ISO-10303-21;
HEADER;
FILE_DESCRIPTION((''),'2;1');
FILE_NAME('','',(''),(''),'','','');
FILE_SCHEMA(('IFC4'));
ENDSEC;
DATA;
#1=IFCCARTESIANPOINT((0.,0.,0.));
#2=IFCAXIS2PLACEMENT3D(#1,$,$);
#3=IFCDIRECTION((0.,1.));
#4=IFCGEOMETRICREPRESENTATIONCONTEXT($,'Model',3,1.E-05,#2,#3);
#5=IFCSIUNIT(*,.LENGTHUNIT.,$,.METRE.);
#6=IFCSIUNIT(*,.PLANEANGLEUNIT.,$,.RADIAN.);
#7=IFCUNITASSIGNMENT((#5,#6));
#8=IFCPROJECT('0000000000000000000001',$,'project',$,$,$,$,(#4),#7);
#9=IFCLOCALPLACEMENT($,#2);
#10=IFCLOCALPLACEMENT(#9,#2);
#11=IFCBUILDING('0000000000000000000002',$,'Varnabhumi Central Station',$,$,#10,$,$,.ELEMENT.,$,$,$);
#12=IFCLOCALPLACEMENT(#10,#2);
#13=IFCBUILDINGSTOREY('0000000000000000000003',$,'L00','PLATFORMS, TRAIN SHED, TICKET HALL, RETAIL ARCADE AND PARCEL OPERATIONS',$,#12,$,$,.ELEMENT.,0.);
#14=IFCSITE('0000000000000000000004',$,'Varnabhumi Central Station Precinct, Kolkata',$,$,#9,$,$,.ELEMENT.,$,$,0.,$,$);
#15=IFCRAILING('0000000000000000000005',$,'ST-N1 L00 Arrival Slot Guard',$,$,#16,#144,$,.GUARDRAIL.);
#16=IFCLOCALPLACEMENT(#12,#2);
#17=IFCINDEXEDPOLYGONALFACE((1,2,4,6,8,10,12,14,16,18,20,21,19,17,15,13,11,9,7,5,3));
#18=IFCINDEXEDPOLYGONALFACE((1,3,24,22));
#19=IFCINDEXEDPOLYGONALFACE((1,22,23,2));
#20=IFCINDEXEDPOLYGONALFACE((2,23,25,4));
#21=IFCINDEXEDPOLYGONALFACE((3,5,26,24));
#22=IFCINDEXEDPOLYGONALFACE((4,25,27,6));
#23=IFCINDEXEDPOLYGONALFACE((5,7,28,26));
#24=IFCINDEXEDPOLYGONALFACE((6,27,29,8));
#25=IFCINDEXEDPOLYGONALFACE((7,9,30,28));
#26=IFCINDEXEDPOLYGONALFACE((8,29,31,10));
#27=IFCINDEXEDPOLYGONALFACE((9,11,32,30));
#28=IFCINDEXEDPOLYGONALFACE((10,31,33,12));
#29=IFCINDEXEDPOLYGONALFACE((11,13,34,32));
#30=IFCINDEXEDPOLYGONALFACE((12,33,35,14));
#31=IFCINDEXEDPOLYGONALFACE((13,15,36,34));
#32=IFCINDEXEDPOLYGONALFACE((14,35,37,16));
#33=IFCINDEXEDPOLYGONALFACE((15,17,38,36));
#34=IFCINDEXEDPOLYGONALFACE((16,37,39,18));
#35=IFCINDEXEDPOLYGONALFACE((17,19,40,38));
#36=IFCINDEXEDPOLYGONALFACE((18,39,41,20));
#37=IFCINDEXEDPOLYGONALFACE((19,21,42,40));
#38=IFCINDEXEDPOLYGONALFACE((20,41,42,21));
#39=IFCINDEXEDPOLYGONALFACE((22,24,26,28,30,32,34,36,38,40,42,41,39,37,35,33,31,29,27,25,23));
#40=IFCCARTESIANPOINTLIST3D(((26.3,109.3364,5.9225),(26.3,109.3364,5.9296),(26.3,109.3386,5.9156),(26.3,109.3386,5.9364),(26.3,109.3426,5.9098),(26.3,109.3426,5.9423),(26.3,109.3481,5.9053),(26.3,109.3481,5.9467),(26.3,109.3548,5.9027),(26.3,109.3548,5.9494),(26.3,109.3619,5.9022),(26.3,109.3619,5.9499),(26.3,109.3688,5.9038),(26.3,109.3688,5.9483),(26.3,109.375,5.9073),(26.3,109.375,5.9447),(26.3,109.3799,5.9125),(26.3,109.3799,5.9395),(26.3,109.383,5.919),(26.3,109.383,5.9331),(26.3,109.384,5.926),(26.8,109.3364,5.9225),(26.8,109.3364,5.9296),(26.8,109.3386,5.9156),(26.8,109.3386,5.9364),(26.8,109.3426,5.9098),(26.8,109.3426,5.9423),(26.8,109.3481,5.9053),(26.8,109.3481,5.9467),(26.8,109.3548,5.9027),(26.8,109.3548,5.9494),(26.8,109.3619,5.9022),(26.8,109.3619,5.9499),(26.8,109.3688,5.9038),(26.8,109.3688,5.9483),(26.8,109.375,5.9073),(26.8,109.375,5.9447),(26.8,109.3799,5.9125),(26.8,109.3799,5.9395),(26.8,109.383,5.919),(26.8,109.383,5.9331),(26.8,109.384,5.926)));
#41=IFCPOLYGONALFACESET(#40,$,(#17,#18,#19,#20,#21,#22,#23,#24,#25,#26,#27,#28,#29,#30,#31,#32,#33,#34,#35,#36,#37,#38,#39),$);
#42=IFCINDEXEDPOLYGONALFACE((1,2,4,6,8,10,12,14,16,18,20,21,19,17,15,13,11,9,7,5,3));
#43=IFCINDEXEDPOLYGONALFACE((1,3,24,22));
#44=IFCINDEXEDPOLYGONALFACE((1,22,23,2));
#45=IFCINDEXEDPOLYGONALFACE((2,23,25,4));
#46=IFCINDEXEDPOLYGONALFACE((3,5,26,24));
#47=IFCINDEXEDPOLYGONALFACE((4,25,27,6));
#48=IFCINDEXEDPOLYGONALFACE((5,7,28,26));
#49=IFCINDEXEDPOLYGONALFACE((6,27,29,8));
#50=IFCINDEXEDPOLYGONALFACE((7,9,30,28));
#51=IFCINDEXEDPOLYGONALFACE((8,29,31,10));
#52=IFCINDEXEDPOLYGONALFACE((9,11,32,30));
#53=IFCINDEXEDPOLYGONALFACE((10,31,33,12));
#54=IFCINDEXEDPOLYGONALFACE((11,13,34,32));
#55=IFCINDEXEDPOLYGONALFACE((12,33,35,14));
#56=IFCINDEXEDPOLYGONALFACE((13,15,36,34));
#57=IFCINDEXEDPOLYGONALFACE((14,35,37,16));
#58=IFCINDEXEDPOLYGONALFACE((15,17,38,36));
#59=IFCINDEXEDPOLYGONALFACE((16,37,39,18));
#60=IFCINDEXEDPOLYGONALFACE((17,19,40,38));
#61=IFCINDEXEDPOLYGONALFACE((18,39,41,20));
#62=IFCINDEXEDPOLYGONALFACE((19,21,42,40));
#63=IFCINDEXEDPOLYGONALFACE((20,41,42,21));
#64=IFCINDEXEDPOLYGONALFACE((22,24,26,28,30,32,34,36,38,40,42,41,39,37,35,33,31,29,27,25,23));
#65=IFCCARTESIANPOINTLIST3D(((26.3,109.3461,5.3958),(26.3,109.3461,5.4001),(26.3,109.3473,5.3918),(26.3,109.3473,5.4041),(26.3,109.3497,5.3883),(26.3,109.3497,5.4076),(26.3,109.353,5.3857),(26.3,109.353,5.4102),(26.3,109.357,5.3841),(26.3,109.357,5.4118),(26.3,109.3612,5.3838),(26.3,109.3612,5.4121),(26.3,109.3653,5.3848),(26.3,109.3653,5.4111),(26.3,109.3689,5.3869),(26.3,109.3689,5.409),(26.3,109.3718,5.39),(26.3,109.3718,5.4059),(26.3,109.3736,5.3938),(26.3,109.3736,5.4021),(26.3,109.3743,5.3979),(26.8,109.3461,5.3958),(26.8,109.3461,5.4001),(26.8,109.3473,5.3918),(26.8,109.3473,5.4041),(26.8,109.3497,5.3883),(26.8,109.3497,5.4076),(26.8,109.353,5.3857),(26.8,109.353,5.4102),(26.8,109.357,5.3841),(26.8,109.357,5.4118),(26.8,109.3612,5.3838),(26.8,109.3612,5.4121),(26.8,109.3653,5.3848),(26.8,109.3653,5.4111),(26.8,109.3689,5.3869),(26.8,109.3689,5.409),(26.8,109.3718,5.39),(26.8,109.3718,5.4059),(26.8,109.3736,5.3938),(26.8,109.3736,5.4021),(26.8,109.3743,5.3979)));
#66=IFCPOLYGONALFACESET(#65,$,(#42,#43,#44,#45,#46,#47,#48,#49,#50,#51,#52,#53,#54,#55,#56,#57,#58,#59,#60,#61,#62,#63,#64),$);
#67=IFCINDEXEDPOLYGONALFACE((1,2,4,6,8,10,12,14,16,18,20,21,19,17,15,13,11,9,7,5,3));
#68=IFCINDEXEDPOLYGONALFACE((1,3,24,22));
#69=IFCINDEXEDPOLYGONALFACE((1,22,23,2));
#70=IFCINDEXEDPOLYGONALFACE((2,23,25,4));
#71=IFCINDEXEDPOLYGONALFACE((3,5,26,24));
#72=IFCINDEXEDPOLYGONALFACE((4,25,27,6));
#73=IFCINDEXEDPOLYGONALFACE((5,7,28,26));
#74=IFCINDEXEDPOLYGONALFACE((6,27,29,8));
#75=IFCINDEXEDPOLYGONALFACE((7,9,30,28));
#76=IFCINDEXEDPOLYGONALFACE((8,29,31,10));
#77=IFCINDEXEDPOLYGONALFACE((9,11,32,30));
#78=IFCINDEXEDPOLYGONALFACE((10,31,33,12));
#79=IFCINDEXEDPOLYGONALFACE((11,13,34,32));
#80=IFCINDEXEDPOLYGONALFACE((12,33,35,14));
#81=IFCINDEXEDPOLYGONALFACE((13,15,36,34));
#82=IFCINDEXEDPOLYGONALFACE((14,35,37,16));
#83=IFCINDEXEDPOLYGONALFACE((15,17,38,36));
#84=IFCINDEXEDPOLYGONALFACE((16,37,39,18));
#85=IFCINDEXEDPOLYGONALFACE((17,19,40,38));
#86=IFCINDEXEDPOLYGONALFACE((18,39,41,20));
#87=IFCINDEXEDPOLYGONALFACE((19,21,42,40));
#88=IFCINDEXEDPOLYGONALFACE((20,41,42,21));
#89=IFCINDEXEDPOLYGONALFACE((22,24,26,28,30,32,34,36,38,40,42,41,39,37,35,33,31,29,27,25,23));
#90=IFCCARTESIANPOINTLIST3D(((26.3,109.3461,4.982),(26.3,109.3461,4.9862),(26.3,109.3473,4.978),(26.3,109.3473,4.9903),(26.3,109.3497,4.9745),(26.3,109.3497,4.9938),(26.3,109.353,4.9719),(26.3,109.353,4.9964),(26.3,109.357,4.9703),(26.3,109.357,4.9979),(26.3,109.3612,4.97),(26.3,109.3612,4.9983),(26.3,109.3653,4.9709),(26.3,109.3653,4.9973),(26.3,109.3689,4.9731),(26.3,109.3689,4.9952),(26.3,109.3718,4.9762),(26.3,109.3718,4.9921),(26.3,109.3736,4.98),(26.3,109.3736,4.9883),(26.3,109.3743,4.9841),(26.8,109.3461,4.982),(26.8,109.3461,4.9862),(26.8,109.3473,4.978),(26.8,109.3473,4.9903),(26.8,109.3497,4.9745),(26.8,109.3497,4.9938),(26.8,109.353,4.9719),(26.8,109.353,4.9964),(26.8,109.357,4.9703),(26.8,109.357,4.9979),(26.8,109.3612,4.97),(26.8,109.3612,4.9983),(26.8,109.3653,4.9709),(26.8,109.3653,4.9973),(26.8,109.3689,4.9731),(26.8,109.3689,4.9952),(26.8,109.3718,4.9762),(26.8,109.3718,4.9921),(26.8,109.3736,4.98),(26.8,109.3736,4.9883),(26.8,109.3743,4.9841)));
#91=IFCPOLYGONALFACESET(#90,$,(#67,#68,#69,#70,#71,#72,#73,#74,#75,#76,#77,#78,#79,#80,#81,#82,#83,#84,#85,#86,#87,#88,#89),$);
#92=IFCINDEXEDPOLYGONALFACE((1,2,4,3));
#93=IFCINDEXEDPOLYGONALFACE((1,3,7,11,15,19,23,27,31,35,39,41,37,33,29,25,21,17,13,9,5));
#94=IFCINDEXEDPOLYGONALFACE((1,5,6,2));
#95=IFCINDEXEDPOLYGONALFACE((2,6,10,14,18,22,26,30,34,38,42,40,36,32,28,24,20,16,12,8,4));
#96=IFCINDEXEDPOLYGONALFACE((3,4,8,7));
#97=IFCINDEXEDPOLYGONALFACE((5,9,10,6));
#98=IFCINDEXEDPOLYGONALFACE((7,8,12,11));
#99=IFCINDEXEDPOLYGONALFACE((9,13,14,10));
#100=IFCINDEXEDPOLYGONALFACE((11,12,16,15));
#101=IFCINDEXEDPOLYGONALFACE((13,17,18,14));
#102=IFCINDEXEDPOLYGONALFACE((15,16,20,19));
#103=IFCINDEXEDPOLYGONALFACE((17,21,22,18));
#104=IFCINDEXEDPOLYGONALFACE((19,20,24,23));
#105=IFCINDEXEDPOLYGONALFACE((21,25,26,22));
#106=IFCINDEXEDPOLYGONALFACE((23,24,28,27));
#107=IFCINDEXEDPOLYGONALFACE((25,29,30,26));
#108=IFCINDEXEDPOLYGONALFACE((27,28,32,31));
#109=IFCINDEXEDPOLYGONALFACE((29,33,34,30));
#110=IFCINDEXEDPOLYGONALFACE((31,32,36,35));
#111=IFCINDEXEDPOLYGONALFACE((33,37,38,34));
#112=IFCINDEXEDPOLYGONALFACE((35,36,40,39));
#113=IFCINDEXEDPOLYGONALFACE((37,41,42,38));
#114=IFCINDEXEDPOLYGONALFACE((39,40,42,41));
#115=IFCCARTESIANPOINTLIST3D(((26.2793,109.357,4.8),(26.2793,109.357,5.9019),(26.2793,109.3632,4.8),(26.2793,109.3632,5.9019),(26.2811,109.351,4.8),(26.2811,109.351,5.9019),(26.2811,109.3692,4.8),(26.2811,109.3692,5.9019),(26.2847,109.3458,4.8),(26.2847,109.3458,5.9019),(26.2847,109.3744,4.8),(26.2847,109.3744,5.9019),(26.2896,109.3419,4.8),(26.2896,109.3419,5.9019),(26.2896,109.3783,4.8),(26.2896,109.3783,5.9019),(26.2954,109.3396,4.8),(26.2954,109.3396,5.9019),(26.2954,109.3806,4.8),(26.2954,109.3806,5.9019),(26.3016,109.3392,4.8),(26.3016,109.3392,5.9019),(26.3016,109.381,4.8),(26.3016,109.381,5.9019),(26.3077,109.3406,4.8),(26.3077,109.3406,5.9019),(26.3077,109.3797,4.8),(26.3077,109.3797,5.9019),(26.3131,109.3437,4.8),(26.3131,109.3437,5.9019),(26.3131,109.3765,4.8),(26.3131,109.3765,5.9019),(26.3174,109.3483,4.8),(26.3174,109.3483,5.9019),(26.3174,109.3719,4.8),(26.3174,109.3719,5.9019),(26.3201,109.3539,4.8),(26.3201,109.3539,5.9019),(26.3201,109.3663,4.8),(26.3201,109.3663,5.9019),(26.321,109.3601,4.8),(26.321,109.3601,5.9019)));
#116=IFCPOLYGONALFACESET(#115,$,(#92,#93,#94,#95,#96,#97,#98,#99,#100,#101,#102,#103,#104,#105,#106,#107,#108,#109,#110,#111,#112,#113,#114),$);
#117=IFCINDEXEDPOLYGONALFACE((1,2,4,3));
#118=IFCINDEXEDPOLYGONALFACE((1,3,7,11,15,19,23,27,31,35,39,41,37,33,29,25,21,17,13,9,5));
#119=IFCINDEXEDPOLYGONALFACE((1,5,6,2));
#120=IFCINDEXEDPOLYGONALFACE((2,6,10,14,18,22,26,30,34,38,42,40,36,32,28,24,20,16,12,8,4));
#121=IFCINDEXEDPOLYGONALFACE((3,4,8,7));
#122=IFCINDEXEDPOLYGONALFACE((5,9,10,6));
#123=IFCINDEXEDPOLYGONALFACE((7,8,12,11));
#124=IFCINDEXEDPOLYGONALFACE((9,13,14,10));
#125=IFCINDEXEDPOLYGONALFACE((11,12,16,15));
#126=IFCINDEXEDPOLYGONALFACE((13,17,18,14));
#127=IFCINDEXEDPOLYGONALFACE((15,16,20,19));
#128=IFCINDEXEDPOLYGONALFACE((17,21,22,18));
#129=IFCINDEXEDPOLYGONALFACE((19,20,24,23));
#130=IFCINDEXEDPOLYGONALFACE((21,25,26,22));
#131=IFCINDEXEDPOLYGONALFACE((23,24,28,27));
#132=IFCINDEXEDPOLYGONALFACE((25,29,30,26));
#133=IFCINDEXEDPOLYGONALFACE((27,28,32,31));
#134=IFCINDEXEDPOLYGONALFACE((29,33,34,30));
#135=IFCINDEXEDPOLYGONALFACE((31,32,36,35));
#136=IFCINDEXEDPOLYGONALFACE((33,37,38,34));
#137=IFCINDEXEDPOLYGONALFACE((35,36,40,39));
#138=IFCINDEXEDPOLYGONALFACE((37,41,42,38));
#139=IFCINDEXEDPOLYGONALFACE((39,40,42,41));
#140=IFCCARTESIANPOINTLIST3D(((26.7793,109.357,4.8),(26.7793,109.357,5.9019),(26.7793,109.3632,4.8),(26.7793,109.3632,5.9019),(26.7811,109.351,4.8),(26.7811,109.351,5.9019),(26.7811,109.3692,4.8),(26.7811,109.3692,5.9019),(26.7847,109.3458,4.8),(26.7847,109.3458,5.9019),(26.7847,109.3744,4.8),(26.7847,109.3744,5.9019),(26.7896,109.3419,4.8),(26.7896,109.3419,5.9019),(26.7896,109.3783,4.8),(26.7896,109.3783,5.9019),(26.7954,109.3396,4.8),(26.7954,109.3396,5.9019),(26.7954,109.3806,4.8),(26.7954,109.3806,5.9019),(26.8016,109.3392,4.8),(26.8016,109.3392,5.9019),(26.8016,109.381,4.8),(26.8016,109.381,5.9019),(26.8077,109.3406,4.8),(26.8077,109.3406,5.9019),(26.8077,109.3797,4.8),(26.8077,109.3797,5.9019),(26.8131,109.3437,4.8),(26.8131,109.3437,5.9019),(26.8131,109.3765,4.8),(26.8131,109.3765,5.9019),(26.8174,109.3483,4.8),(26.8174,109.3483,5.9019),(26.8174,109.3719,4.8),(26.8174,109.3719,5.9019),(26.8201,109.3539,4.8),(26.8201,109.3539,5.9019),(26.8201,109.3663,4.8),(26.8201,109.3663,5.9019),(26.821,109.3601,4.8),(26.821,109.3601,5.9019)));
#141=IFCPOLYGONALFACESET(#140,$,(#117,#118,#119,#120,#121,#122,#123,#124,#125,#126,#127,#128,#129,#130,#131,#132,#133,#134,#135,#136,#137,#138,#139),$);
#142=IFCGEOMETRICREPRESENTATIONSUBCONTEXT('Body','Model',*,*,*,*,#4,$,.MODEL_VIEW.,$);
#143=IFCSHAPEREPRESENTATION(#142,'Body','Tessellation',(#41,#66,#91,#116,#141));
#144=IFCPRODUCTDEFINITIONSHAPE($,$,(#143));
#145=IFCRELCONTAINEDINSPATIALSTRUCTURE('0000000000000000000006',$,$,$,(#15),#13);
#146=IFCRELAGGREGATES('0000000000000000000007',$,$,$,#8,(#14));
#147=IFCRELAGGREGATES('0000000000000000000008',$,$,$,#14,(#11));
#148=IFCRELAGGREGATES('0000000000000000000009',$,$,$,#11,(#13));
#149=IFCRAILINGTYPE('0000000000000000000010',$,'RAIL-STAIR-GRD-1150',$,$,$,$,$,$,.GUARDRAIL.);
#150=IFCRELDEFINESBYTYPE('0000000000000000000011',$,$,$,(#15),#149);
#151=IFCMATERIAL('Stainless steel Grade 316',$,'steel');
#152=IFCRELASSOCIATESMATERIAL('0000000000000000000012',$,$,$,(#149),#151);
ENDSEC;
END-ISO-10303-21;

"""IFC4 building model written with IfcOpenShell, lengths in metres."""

from ifc_helpers import new_model, si_unit, direction, frame, origin, origin_2d, place, context, subcontext, project, spatial, circle, extrude, material, type_object, element, save


model = new_model("IFC4")

# Units and contexts
model_context = context("Model", 3, precision=1e-05, world=origin(), true_north=direction((0.0, 1.0)))
body_context = subcontext(model_context, "Body", "Model", "MODEL_VIEW")
ifc_project = project(units=[si_unit("LENGTHUNIT", "METRE"), si_unit("PLANEANGLEUNIT", "RADIAN")], contexts=[model_context])

# Site, building, storey
site_placement = place(None, origin())
site = spatial("IfcSite", under=ifc_project, at=site_placement, Name="Varnabhumi Central Station Precinct, Kolkata", CompositionType="ELEMENT", RefElevation=0.0)
building_placement = place(site_placement, origin())
building = spatial("IfcBuilding", under=site, at=building_placement, Name="Varnabhumi Central Station", CompositionType="ELEMENT")
storey_placement = place(building_placement, origin())
storey = spatial("IfcBuildingStorey", under=building, at=storey_placement, Name="L00", Description="PLATFORMS, TRAIN SHED, TICKET HALL, RETAIL ARCADE AND PARCEL OPERATIONS", CompositionType="ELEMENT", Elevation=0.0)

# Shared definitions
ifc_material_1 = material(Name="Stainless steel Grade 316", Category="steel")

# Railing
railing_type_1 = type_object("IfcRailingType", Name="RAIL-STAIR-GRD-1150", PredefinedType="GUARDRAIL", material=ifc_material_1)
for number, where, name in (
    (1, (26.3, 109.3601, 4.8), "ST-N1 L00 Arrival Slot Guard"),
):
    element("IfcRailing", number, at=place(storey_placement, frame(where)), inside=storey, type_object=railing_type_1, Name=name, PredefinedType="GUARDRAIL", context=body_context, shape_type="SweptSolid", body=[
        extrude(circle(Radius=0.0239, at=origin_2d()), frame((0.0, 0.0, 1.126), z_axis=(1.0, 0.0, 0.0), x_axis=(0.0, 1.0, 0.0)), (0.0, 0.0, 1.0), 0.5),
        extrude(circle(Radius=0.0142, at=origin_2d()), frame((0.0, 0.0, 0.5979), z_axis=(1.0, 0.0, 0.0), x_axis=(0.0, 1.0, 0.0)), (0.0, 0.0, 1.0), 0.5),
        extrude(circle(Radius=0.0142, at=origin_2d()), frame((0.0, 0.0, 0.1841), z_axis=(1.0, 0.0, 0.0), x_axis=(0.0, 1.0, 0.0)), (0.0, 0.0, 1.0), 0.5),
        extrude(circle(Radius=0.021, at=origin_2d()), origin(), (0.0, 0.0, 1.0), 1.1018),
        extrude(circle(Radius=0.021, at=origin_2d()), frame((0.5, 0.0, 0.0)), (0.0, 0.0, 1.0), 1.1018),
    ])

save(model, "model.ifc")
